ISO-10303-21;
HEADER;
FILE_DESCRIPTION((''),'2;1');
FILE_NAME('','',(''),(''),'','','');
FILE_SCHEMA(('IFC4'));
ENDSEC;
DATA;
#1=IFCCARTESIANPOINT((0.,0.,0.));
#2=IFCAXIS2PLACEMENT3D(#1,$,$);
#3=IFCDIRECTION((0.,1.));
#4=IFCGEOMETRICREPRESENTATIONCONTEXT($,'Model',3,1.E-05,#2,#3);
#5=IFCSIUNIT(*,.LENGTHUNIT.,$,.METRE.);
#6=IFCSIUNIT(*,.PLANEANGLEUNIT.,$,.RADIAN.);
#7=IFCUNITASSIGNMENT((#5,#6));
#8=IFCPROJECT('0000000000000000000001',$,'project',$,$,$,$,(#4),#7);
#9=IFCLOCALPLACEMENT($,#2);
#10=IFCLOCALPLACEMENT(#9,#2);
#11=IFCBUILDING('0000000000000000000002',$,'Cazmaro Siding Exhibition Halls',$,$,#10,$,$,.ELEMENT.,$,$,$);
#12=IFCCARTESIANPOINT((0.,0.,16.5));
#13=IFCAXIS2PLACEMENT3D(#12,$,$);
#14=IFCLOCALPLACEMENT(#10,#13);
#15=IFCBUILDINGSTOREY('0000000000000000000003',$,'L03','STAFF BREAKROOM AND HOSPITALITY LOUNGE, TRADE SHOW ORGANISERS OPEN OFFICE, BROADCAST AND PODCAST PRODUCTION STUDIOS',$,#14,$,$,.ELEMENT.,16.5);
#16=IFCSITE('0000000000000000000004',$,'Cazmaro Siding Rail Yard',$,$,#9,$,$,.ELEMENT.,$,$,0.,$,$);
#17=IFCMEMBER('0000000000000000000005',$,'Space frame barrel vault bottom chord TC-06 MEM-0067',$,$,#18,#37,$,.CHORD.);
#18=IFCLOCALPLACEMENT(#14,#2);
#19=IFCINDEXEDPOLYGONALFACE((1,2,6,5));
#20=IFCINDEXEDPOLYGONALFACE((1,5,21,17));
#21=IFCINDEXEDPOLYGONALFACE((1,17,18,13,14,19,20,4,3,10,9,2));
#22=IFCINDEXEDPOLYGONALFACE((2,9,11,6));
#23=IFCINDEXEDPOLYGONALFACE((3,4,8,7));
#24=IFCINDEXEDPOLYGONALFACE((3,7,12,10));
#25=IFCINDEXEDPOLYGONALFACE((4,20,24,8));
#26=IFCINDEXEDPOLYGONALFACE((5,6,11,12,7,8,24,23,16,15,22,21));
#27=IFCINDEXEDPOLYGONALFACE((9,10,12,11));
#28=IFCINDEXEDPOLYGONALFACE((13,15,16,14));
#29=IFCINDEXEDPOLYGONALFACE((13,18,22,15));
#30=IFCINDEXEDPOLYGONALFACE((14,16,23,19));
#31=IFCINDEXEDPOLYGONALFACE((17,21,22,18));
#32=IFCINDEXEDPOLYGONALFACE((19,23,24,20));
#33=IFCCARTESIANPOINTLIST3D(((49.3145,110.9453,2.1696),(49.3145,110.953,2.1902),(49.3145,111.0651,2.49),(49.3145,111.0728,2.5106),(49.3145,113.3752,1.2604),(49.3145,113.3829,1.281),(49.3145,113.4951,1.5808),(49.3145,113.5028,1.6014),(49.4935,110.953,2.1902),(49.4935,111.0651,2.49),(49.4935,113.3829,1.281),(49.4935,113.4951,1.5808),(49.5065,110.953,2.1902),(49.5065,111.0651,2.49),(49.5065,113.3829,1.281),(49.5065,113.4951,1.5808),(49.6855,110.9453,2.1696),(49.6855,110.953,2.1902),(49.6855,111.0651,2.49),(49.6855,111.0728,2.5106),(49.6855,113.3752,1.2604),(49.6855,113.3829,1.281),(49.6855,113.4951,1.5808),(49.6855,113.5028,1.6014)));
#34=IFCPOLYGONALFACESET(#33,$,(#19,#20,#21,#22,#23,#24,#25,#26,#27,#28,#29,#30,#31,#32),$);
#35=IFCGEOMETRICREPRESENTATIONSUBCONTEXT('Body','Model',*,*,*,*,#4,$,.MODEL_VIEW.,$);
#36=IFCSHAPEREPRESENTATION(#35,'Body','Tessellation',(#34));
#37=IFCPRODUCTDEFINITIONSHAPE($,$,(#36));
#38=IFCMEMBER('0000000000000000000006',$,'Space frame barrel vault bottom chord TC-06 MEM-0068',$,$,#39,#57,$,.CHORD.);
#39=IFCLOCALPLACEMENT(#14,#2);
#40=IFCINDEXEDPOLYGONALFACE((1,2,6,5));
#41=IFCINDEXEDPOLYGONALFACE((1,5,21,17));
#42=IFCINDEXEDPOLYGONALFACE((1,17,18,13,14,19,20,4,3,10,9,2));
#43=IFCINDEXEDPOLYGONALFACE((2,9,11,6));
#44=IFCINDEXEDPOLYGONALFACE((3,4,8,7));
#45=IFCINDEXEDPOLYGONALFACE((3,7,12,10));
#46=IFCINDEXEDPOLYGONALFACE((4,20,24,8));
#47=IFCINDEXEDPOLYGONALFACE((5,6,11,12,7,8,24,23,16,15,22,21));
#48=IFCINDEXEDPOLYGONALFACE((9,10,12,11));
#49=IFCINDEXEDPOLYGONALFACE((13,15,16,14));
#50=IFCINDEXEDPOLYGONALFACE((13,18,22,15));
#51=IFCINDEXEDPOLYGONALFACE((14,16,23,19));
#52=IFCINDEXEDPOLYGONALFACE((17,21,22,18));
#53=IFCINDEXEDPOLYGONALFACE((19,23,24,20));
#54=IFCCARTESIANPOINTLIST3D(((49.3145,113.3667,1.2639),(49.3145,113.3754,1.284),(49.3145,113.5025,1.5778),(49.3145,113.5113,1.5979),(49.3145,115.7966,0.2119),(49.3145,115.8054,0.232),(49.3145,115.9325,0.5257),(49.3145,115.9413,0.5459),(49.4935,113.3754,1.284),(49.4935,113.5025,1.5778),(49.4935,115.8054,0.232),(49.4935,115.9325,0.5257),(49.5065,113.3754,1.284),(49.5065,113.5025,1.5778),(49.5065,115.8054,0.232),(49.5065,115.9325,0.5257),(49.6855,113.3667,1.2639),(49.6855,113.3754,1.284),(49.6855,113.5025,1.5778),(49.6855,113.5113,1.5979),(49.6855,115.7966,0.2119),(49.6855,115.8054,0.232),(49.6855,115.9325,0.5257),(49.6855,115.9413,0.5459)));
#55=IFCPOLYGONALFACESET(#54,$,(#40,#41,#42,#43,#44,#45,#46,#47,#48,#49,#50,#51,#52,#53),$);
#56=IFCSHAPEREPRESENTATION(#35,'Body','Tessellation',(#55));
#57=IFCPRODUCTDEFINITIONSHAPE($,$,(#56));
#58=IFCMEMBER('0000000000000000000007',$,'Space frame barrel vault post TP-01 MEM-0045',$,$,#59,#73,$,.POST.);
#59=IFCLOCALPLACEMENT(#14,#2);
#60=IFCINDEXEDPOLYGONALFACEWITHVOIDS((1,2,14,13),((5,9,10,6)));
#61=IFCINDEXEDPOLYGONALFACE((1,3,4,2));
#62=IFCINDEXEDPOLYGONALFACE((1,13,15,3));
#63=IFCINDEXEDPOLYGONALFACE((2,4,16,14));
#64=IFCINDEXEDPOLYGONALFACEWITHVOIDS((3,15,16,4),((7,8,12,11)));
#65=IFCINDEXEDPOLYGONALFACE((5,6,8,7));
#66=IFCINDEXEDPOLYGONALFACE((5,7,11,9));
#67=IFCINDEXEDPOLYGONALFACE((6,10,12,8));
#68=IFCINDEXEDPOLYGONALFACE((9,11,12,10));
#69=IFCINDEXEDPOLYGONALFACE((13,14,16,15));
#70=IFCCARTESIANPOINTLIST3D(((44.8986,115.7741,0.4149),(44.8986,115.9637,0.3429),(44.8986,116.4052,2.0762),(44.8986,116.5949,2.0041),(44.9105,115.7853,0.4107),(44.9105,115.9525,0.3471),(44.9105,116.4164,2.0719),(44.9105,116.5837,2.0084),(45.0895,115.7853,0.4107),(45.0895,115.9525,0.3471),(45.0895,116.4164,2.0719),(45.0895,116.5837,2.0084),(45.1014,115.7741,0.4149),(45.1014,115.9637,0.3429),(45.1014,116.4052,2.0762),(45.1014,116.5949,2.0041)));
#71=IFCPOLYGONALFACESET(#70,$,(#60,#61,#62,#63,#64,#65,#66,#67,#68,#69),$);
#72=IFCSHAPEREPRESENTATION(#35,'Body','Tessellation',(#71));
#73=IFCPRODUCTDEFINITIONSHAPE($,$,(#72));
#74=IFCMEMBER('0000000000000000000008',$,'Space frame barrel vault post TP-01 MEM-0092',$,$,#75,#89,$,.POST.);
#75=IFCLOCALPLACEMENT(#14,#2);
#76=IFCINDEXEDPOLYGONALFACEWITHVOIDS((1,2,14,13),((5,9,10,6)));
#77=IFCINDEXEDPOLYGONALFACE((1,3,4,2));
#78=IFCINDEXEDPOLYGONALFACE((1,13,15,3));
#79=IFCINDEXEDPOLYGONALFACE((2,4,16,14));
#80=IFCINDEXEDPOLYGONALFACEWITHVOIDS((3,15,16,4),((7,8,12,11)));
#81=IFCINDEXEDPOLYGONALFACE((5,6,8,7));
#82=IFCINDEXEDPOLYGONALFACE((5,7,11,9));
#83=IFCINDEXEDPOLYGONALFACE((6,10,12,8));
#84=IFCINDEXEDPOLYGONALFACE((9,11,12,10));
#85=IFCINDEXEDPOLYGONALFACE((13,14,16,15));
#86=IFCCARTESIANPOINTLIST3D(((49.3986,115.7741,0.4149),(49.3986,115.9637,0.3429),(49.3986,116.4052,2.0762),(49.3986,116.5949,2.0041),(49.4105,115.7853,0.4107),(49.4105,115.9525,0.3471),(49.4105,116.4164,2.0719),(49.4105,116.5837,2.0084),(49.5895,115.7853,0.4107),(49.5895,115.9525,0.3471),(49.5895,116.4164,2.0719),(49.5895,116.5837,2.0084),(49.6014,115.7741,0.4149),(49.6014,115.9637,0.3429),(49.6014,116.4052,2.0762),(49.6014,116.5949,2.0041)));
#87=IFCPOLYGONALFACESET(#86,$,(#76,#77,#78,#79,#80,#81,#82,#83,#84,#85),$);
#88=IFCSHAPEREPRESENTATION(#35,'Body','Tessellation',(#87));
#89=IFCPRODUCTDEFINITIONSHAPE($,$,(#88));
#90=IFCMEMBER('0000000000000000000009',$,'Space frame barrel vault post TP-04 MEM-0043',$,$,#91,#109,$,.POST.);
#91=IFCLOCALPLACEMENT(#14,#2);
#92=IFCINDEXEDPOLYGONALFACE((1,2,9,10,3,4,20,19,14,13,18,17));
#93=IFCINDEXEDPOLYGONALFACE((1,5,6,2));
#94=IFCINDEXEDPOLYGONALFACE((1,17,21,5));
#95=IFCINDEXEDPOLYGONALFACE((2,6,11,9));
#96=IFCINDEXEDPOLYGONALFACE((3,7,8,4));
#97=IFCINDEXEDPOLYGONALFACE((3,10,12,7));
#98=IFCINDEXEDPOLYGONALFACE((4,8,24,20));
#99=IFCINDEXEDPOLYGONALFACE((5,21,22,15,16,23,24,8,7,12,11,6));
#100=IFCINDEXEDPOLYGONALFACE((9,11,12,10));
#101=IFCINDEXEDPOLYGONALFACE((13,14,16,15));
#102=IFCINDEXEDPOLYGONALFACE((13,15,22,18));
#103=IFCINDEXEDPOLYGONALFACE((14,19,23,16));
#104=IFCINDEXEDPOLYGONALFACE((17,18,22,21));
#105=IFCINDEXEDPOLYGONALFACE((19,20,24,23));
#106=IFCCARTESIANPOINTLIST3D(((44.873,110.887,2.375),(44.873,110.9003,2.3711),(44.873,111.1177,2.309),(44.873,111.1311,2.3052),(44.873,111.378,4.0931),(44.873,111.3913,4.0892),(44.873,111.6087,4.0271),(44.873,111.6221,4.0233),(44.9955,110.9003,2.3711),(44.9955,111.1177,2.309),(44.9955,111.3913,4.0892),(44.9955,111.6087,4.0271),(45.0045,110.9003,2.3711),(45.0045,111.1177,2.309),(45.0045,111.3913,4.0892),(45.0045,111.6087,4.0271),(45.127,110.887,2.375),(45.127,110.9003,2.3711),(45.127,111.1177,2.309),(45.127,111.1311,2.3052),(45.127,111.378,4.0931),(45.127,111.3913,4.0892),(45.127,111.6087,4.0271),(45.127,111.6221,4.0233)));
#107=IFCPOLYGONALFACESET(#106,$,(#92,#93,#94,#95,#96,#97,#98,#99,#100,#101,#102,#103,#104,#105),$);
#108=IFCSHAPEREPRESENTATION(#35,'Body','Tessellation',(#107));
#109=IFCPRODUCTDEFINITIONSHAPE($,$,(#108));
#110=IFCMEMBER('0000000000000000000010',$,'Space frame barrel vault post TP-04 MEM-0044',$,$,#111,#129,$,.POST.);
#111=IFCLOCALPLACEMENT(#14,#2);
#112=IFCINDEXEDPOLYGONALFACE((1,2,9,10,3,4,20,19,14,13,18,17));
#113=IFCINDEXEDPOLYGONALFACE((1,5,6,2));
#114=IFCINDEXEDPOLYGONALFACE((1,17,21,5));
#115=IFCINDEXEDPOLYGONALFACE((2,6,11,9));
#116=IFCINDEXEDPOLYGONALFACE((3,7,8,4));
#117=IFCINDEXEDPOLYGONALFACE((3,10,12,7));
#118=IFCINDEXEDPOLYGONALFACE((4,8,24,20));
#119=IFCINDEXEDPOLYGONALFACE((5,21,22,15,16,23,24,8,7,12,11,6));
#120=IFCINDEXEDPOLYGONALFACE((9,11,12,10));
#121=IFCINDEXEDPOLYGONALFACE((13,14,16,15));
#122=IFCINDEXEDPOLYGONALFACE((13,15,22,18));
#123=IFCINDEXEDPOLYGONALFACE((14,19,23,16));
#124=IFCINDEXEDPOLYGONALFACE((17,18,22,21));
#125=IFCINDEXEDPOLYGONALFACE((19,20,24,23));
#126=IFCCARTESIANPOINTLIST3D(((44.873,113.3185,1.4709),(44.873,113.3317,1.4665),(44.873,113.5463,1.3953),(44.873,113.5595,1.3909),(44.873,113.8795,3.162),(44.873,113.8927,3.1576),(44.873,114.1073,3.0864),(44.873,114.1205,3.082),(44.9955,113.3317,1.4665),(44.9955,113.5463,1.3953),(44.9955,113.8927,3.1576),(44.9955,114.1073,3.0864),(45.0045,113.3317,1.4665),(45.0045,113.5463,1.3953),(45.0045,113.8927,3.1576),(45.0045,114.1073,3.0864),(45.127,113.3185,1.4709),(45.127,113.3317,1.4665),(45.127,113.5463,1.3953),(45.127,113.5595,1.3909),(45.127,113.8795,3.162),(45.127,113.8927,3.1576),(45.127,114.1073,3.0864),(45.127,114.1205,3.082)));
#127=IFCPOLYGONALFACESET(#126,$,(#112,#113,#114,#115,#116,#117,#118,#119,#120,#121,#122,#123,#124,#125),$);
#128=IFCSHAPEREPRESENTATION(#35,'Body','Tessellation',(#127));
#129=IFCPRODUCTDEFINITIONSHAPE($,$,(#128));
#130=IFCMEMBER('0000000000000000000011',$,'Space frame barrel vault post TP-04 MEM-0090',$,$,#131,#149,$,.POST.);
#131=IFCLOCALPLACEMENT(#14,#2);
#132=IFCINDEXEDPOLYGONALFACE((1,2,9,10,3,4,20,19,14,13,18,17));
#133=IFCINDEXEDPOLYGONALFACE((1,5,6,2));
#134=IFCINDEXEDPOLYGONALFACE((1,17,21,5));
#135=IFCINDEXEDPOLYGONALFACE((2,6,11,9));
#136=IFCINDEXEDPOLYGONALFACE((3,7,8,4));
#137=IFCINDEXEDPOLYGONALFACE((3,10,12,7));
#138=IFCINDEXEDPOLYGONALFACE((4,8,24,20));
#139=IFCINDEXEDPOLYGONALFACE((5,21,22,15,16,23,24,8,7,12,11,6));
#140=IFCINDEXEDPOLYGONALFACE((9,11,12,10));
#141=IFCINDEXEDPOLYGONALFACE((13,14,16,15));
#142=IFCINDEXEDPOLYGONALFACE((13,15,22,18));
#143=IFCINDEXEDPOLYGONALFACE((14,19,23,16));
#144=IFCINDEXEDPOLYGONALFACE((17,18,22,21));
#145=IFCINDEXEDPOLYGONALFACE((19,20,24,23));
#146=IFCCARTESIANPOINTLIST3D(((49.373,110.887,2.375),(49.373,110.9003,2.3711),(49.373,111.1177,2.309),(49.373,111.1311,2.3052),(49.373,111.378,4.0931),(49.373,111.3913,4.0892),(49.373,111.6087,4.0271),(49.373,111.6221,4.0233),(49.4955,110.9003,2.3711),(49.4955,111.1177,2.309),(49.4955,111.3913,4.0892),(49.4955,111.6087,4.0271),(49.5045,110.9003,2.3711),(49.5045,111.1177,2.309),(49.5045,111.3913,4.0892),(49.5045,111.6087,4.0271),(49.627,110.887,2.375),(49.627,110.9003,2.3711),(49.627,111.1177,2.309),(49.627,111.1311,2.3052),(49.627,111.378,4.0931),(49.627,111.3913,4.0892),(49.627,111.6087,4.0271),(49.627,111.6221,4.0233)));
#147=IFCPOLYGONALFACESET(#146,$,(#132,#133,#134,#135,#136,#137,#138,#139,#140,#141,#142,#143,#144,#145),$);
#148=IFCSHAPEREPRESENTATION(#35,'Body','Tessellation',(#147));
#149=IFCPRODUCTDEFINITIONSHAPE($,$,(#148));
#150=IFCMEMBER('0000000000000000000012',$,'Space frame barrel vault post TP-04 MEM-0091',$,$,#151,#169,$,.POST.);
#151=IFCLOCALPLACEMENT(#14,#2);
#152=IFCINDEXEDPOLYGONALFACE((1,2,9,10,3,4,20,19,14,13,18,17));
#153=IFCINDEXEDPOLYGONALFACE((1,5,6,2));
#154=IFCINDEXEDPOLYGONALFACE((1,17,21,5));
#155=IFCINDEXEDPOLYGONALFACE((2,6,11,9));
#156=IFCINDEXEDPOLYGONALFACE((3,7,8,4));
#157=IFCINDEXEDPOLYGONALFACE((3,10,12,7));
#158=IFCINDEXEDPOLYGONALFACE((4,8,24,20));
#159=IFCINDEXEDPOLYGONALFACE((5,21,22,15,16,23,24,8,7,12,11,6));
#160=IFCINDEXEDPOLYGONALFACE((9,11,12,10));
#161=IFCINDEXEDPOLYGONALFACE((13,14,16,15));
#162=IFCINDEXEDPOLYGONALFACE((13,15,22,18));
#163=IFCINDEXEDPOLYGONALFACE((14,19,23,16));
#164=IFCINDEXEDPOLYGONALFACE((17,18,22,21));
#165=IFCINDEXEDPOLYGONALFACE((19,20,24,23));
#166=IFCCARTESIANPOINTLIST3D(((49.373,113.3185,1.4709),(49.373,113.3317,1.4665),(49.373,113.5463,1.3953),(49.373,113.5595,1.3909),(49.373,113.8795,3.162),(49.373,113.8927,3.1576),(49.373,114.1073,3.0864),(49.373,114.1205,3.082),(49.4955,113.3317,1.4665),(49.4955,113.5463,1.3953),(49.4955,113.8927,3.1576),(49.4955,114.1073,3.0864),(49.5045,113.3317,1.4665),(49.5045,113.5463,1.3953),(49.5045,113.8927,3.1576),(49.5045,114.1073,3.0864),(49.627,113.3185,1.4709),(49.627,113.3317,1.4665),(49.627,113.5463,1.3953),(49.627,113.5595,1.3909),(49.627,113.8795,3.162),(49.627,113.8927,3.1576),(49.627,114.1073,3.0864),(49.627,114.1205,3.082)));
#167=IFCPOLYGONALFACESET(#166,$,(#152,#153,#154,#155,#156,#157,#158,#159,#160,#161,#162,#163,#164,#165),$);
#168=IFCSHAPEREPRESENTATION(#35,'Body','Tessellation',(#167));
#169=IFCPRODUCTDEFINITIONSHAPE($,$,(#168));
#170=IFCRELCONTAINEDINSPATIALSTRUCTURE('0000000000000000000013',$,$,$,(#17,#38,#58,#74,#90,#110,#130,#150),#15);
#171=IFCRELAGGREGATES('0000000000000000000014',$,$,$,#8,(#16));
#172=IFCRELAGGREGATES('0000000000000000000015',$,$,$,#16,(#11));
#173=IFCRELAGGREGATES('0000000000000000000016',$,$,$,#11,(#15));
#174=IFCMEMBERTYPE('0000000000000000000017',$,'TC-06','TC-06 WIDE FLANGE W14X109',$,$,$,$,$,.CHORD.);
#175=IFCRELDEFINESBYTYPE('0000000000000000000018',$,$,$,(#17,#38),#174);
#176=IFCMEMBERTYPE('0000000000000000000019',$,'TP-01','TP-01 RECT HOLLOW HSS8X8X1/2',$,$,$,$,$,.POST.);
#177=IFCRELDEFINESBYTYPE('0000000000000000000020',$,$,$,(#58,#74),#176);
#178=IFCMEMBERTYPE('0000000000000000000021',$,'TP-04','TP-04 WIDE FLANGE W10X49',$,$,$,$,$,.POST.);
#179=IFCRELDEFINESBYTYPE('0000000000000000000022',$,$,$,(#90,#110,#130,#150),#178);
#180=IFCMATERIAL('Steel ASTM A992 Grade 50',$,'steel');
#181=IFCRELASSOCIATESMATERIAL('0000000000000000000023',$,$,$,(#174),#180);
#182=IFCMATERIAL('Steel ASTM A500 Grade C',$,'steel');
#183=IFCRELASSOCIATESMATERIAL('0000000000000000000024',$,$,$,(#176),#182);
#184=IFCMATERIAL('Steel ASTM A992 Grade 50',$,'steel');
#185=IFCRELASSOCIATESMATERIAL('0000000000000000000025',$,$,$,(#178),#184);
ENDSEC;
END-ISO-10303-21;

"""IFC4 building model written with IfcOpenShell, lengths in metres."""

from ifc_helpers import new_model, si_unit, direction, frame, origin, origin_2d, place, context, subcontext, project, spatial, hollow_rectangle, i_section, extrude, material, material_profile, profile_set, type_object, element, save


model = new_model("IFC4")

# Units and contexts
model_context = context("Model", 3, precision=1e-05, world=origin(), true_north=direction((0.0, 1.0)))
body_context = subcontext(model_context, "Body", "Model", "MODEL_VIEW")
ifc_project = project(units=[si_unit("LENGTHUNIT", "METRE"), si_unit("PLANEANGLEUNIT", "RADIAN")], contexts=[model_context])

# Site, building, storey
site_placement = place(None, origin())
site = spatial("IfcSite", under=ifc_project, at=site_placement, Name="Cazmaro Siding Rail Yard", CompositionType="ELEMENT", RefElevation=0.0)
building_placement = place(site_placement, origin())
building = spatial("IfcBuilding", under=site, at=building_placement, Name="Cazmaro Siding Exhibition Halls", CompositionType="ELEMENT")
storey_placement = place(building_placement, frame((0.0, 0.0, 16.5)))
storey = spatial("IfcBuildingStorey", under=building, at=storey_placement, Name="L03", Description="STAFF BREAKROOM AND HOSPITALITY LOUNGE, TRADE SHOW ORGANISERS OPEN OFFICE, BROADCAST AND PODCAST PRODUCTION STUDIOS", CompositionType="ELEMENT", Elevation=16.5)

# Members
ifc_material_1 = material(Name="Steel ASTM A992 Grade 50", Category="steel")
ifc_material_profile_1 = material_profile(ifc_material_1, i_section(OverallWidth=0.3711, OverallDepth=0.364, WebThickness=0.0129, FlangeThickness=0.022, at=origin_2d()), Name="W14X109")
ifc_profile_set_1 = profile_set([ifc_material_profile_1], Name="Steel ASTM A992 Grade 50")
member_type_1 = type_object("IfcMemberType", Name="TC-06", Description="TC-06 WIDE FLANGE W14X109", PredefinedType="CHORD", material=ifc_profile_set_1)
member_1_placement = place(storey_placement, frame((49.5, 111.009, 2.3401), z_axis=(0.0, 0.936588, -0.350432), x_axis=(-1.0, 0.0, 0.0)))
element("IfcMember", 1, at=member_1_placement, inside=storey, type_object=member_type_1, Name="Space frame barrel vault bottom chord TC-06 MEM-0067", PredefinedType="CHORD", context=body_context, shape_type="SweptSolid", body=[
    extrude(i_section(OverallWidth=0.3711, OverallDepth=0.364, WebThickness=0.0129, FlangeThickness=0.022, at=origin_2d()), origin(), (0.0, 0.0, 1.0), 2.5945),
])
member_2_placement = place(storey_placement, frame((49.5, 113.439, 1.4309), z_axis=(0.0, 0.917689, -0.397299), x_axis=(-1.0, 0.0, 0.0)))
element("IfcMember", 2, at=member_2_placement, inside=storey, type_object=member_type_1, Name="Space frame barrel vault bottom chord TC-06 MEM-0068", PredefinedType="CHORD", context=body_context, shape_type="SweptSolid", body=[
    extrude(i_section(OverallWidth=0.3711, OverallDepth=0.364, WebThickness=0.0129, FlangeThickness=0.022, at=origin_2d()), origin(), (0.0, 0.0, 1.0), 2.6479),
])
ifc_material_2 = material(Name="Steel ASTM A500 Grade C", Category="steel")
ifc_material_profile_2 = material_profile(ifc_material_2, hollow_rectangle(XDim=0.2029, YDim=0.2029, WallThickness=0.012, at=origin_2d()), Name="HSS8X8X1/2")
ifc_profile_set_2 = profile_set([ifc_material_profile_2], Name="Steel ASTM A500 Grade C")
member_type_2 = type_object("IfcMemberType", Name="TP-01", Description="TP-01 RECT HOLLOW HSS8X8X1/2", PredefinedType="POST", material=ifc_profile_set_2)
for number, where, z_axis, x_axis, name in (
    (3, (45.0, 115.8689, 0.3789), (0.0, 0.355155, 0.934807), (-1.0, 0.0, 0.0), "Space frame barrel vault post TP-01 MEM-0045"),
    (4, (49.5, 115.8689, 0.3789), (0.0, 0.355155, 0.934807), (-1.0, 0.0, 0.0), "Space frame barrel vault post TP-01 MEM-0092"),
):
    element("IfcMember", number, at=place(storey_placement, frame(where, z_axis=z_axis, x_axis=x_axis)), inside=storey, type_object=member_type_2, Name=name, PredefinedType="POST", context=body_context, shape_type="SweptSolid", body=[
        extrude(hollow_rectangle(XDim=0.2029, YDim=0.2029, WallThickness=0.012, at=origin_2d()), origin(), (0.0, 0.0, 1.0), 1.7771),
    ])
ifc_material_3 = material(Name="Steel ASTM A992 Grade 50", Category="steel")
ifc_material_profile_3 = material_profile(ifc_material_3, i_section(OverallWidth=0.2539, OverallDepth=0.2539, WebThickness=0.009, FlangeThickness=0.0139, at=origin_2d()), Name="W10X49")
ifc_profile_set_3 = profile_set([ifc_material_profile_3], Name="Steel ASTM A992 Grade 50")
member_type_3 = type_object("IfcMemberType", Name="TP-04", Description="TP-04 WIDE FLANGE W10X49", PredefinedType="POST", material=ifc_profile_set_3)
member_3_placement = place(storey_placement, frame((45.0, 111.009, 2.3401), z_axis=(0.0, 0.274775, 0.961508), x_axis=(-1.0, 0.0, 0.0)))
element("IfcMember", 5, at=member_3_placement, inside=storey, type_object=member_type_3, Name="Space frame barrel vault post TP-04 MEM-0043", PredefinedType="POST", context=body_context, shape_type="SweptSolid", body=[
    extrude(i_section(OverallWidth=0.2539, OverallDepth=0.2539, WebThickness=0.009, FlangeThickness=0.0139, at=origin_2d()), origin(), (0.0, 0.0, 1.0), 1.7869),
])
member_4_placement = place(storey_placement, frame((45.0, 113.439, 1.4309), z_axis=(0.0, 0.314871, 0.949134), x_axis=(-1.0, 0.0, 0.0)))
element("IfcMember", 6, at=member_4_placement, inside=storey, type_object=member_type_3, Name="Space frame barrel vault post TP-04 MEM-0044", PredefinedType="POST", context=body_context, shape_type="SweptSolid", body=[
    extrude(i_section(OverallWidth=0.2539, OverallDepth=0.2539, WebThickness=0.009, FlangeThickness=0.0139, at=origin_2d()), origin(), (0.0, 0.0, 1.0), 1.7817),
])
member_5_placement = place(storey_placement, frame((49.5, 111.009, 2.3401), z_axis=(0.0, 0.274775, 0.961508), x_axis=(-1.0, 0.0, 0.0)))
element("IfcMember", 7, at=member_5_placement, inside=storey, type_object=member_type_3, Name="Space frame barrel vault post TP-04 MEM-0090", PredefinedType="POST", context=body_context, shape_type="SweptSolid", body=[
    extrude(i_section(OverallWidth=0.2539, OverallDepth=0.2539, WebThickness=0.009, FlangeThickness=0.0139, at=origin_2d()), origin(), (0.0, 0.0, 1.0), 1.7869),
])
member_6_placement = place(storey_placement, frame((49.5, 113.439, 1.4309), z_axis=(0.0, 0.314871, 0.949134), x_axis=(-1.0, 0.0, 0.0)))
element("IfcMember", 8, at=member_6_placement, inside=storey, type_object=member_type_3, Name="Space frame barrel vault post TP-04 MEM-0091", PredefinedType="POST", context=body_context, shape_type="SweptSolid", body=[
    extrude(i_section(OverallWidth=0.2539, OverallDepth=0.2539, WebThickness=0.009, FlangeThickness=0.0139, at=origin_2d()), origin(), (0.0, 0.0, 1.0), 1.7817),
])

save(model, "model.ifc")
